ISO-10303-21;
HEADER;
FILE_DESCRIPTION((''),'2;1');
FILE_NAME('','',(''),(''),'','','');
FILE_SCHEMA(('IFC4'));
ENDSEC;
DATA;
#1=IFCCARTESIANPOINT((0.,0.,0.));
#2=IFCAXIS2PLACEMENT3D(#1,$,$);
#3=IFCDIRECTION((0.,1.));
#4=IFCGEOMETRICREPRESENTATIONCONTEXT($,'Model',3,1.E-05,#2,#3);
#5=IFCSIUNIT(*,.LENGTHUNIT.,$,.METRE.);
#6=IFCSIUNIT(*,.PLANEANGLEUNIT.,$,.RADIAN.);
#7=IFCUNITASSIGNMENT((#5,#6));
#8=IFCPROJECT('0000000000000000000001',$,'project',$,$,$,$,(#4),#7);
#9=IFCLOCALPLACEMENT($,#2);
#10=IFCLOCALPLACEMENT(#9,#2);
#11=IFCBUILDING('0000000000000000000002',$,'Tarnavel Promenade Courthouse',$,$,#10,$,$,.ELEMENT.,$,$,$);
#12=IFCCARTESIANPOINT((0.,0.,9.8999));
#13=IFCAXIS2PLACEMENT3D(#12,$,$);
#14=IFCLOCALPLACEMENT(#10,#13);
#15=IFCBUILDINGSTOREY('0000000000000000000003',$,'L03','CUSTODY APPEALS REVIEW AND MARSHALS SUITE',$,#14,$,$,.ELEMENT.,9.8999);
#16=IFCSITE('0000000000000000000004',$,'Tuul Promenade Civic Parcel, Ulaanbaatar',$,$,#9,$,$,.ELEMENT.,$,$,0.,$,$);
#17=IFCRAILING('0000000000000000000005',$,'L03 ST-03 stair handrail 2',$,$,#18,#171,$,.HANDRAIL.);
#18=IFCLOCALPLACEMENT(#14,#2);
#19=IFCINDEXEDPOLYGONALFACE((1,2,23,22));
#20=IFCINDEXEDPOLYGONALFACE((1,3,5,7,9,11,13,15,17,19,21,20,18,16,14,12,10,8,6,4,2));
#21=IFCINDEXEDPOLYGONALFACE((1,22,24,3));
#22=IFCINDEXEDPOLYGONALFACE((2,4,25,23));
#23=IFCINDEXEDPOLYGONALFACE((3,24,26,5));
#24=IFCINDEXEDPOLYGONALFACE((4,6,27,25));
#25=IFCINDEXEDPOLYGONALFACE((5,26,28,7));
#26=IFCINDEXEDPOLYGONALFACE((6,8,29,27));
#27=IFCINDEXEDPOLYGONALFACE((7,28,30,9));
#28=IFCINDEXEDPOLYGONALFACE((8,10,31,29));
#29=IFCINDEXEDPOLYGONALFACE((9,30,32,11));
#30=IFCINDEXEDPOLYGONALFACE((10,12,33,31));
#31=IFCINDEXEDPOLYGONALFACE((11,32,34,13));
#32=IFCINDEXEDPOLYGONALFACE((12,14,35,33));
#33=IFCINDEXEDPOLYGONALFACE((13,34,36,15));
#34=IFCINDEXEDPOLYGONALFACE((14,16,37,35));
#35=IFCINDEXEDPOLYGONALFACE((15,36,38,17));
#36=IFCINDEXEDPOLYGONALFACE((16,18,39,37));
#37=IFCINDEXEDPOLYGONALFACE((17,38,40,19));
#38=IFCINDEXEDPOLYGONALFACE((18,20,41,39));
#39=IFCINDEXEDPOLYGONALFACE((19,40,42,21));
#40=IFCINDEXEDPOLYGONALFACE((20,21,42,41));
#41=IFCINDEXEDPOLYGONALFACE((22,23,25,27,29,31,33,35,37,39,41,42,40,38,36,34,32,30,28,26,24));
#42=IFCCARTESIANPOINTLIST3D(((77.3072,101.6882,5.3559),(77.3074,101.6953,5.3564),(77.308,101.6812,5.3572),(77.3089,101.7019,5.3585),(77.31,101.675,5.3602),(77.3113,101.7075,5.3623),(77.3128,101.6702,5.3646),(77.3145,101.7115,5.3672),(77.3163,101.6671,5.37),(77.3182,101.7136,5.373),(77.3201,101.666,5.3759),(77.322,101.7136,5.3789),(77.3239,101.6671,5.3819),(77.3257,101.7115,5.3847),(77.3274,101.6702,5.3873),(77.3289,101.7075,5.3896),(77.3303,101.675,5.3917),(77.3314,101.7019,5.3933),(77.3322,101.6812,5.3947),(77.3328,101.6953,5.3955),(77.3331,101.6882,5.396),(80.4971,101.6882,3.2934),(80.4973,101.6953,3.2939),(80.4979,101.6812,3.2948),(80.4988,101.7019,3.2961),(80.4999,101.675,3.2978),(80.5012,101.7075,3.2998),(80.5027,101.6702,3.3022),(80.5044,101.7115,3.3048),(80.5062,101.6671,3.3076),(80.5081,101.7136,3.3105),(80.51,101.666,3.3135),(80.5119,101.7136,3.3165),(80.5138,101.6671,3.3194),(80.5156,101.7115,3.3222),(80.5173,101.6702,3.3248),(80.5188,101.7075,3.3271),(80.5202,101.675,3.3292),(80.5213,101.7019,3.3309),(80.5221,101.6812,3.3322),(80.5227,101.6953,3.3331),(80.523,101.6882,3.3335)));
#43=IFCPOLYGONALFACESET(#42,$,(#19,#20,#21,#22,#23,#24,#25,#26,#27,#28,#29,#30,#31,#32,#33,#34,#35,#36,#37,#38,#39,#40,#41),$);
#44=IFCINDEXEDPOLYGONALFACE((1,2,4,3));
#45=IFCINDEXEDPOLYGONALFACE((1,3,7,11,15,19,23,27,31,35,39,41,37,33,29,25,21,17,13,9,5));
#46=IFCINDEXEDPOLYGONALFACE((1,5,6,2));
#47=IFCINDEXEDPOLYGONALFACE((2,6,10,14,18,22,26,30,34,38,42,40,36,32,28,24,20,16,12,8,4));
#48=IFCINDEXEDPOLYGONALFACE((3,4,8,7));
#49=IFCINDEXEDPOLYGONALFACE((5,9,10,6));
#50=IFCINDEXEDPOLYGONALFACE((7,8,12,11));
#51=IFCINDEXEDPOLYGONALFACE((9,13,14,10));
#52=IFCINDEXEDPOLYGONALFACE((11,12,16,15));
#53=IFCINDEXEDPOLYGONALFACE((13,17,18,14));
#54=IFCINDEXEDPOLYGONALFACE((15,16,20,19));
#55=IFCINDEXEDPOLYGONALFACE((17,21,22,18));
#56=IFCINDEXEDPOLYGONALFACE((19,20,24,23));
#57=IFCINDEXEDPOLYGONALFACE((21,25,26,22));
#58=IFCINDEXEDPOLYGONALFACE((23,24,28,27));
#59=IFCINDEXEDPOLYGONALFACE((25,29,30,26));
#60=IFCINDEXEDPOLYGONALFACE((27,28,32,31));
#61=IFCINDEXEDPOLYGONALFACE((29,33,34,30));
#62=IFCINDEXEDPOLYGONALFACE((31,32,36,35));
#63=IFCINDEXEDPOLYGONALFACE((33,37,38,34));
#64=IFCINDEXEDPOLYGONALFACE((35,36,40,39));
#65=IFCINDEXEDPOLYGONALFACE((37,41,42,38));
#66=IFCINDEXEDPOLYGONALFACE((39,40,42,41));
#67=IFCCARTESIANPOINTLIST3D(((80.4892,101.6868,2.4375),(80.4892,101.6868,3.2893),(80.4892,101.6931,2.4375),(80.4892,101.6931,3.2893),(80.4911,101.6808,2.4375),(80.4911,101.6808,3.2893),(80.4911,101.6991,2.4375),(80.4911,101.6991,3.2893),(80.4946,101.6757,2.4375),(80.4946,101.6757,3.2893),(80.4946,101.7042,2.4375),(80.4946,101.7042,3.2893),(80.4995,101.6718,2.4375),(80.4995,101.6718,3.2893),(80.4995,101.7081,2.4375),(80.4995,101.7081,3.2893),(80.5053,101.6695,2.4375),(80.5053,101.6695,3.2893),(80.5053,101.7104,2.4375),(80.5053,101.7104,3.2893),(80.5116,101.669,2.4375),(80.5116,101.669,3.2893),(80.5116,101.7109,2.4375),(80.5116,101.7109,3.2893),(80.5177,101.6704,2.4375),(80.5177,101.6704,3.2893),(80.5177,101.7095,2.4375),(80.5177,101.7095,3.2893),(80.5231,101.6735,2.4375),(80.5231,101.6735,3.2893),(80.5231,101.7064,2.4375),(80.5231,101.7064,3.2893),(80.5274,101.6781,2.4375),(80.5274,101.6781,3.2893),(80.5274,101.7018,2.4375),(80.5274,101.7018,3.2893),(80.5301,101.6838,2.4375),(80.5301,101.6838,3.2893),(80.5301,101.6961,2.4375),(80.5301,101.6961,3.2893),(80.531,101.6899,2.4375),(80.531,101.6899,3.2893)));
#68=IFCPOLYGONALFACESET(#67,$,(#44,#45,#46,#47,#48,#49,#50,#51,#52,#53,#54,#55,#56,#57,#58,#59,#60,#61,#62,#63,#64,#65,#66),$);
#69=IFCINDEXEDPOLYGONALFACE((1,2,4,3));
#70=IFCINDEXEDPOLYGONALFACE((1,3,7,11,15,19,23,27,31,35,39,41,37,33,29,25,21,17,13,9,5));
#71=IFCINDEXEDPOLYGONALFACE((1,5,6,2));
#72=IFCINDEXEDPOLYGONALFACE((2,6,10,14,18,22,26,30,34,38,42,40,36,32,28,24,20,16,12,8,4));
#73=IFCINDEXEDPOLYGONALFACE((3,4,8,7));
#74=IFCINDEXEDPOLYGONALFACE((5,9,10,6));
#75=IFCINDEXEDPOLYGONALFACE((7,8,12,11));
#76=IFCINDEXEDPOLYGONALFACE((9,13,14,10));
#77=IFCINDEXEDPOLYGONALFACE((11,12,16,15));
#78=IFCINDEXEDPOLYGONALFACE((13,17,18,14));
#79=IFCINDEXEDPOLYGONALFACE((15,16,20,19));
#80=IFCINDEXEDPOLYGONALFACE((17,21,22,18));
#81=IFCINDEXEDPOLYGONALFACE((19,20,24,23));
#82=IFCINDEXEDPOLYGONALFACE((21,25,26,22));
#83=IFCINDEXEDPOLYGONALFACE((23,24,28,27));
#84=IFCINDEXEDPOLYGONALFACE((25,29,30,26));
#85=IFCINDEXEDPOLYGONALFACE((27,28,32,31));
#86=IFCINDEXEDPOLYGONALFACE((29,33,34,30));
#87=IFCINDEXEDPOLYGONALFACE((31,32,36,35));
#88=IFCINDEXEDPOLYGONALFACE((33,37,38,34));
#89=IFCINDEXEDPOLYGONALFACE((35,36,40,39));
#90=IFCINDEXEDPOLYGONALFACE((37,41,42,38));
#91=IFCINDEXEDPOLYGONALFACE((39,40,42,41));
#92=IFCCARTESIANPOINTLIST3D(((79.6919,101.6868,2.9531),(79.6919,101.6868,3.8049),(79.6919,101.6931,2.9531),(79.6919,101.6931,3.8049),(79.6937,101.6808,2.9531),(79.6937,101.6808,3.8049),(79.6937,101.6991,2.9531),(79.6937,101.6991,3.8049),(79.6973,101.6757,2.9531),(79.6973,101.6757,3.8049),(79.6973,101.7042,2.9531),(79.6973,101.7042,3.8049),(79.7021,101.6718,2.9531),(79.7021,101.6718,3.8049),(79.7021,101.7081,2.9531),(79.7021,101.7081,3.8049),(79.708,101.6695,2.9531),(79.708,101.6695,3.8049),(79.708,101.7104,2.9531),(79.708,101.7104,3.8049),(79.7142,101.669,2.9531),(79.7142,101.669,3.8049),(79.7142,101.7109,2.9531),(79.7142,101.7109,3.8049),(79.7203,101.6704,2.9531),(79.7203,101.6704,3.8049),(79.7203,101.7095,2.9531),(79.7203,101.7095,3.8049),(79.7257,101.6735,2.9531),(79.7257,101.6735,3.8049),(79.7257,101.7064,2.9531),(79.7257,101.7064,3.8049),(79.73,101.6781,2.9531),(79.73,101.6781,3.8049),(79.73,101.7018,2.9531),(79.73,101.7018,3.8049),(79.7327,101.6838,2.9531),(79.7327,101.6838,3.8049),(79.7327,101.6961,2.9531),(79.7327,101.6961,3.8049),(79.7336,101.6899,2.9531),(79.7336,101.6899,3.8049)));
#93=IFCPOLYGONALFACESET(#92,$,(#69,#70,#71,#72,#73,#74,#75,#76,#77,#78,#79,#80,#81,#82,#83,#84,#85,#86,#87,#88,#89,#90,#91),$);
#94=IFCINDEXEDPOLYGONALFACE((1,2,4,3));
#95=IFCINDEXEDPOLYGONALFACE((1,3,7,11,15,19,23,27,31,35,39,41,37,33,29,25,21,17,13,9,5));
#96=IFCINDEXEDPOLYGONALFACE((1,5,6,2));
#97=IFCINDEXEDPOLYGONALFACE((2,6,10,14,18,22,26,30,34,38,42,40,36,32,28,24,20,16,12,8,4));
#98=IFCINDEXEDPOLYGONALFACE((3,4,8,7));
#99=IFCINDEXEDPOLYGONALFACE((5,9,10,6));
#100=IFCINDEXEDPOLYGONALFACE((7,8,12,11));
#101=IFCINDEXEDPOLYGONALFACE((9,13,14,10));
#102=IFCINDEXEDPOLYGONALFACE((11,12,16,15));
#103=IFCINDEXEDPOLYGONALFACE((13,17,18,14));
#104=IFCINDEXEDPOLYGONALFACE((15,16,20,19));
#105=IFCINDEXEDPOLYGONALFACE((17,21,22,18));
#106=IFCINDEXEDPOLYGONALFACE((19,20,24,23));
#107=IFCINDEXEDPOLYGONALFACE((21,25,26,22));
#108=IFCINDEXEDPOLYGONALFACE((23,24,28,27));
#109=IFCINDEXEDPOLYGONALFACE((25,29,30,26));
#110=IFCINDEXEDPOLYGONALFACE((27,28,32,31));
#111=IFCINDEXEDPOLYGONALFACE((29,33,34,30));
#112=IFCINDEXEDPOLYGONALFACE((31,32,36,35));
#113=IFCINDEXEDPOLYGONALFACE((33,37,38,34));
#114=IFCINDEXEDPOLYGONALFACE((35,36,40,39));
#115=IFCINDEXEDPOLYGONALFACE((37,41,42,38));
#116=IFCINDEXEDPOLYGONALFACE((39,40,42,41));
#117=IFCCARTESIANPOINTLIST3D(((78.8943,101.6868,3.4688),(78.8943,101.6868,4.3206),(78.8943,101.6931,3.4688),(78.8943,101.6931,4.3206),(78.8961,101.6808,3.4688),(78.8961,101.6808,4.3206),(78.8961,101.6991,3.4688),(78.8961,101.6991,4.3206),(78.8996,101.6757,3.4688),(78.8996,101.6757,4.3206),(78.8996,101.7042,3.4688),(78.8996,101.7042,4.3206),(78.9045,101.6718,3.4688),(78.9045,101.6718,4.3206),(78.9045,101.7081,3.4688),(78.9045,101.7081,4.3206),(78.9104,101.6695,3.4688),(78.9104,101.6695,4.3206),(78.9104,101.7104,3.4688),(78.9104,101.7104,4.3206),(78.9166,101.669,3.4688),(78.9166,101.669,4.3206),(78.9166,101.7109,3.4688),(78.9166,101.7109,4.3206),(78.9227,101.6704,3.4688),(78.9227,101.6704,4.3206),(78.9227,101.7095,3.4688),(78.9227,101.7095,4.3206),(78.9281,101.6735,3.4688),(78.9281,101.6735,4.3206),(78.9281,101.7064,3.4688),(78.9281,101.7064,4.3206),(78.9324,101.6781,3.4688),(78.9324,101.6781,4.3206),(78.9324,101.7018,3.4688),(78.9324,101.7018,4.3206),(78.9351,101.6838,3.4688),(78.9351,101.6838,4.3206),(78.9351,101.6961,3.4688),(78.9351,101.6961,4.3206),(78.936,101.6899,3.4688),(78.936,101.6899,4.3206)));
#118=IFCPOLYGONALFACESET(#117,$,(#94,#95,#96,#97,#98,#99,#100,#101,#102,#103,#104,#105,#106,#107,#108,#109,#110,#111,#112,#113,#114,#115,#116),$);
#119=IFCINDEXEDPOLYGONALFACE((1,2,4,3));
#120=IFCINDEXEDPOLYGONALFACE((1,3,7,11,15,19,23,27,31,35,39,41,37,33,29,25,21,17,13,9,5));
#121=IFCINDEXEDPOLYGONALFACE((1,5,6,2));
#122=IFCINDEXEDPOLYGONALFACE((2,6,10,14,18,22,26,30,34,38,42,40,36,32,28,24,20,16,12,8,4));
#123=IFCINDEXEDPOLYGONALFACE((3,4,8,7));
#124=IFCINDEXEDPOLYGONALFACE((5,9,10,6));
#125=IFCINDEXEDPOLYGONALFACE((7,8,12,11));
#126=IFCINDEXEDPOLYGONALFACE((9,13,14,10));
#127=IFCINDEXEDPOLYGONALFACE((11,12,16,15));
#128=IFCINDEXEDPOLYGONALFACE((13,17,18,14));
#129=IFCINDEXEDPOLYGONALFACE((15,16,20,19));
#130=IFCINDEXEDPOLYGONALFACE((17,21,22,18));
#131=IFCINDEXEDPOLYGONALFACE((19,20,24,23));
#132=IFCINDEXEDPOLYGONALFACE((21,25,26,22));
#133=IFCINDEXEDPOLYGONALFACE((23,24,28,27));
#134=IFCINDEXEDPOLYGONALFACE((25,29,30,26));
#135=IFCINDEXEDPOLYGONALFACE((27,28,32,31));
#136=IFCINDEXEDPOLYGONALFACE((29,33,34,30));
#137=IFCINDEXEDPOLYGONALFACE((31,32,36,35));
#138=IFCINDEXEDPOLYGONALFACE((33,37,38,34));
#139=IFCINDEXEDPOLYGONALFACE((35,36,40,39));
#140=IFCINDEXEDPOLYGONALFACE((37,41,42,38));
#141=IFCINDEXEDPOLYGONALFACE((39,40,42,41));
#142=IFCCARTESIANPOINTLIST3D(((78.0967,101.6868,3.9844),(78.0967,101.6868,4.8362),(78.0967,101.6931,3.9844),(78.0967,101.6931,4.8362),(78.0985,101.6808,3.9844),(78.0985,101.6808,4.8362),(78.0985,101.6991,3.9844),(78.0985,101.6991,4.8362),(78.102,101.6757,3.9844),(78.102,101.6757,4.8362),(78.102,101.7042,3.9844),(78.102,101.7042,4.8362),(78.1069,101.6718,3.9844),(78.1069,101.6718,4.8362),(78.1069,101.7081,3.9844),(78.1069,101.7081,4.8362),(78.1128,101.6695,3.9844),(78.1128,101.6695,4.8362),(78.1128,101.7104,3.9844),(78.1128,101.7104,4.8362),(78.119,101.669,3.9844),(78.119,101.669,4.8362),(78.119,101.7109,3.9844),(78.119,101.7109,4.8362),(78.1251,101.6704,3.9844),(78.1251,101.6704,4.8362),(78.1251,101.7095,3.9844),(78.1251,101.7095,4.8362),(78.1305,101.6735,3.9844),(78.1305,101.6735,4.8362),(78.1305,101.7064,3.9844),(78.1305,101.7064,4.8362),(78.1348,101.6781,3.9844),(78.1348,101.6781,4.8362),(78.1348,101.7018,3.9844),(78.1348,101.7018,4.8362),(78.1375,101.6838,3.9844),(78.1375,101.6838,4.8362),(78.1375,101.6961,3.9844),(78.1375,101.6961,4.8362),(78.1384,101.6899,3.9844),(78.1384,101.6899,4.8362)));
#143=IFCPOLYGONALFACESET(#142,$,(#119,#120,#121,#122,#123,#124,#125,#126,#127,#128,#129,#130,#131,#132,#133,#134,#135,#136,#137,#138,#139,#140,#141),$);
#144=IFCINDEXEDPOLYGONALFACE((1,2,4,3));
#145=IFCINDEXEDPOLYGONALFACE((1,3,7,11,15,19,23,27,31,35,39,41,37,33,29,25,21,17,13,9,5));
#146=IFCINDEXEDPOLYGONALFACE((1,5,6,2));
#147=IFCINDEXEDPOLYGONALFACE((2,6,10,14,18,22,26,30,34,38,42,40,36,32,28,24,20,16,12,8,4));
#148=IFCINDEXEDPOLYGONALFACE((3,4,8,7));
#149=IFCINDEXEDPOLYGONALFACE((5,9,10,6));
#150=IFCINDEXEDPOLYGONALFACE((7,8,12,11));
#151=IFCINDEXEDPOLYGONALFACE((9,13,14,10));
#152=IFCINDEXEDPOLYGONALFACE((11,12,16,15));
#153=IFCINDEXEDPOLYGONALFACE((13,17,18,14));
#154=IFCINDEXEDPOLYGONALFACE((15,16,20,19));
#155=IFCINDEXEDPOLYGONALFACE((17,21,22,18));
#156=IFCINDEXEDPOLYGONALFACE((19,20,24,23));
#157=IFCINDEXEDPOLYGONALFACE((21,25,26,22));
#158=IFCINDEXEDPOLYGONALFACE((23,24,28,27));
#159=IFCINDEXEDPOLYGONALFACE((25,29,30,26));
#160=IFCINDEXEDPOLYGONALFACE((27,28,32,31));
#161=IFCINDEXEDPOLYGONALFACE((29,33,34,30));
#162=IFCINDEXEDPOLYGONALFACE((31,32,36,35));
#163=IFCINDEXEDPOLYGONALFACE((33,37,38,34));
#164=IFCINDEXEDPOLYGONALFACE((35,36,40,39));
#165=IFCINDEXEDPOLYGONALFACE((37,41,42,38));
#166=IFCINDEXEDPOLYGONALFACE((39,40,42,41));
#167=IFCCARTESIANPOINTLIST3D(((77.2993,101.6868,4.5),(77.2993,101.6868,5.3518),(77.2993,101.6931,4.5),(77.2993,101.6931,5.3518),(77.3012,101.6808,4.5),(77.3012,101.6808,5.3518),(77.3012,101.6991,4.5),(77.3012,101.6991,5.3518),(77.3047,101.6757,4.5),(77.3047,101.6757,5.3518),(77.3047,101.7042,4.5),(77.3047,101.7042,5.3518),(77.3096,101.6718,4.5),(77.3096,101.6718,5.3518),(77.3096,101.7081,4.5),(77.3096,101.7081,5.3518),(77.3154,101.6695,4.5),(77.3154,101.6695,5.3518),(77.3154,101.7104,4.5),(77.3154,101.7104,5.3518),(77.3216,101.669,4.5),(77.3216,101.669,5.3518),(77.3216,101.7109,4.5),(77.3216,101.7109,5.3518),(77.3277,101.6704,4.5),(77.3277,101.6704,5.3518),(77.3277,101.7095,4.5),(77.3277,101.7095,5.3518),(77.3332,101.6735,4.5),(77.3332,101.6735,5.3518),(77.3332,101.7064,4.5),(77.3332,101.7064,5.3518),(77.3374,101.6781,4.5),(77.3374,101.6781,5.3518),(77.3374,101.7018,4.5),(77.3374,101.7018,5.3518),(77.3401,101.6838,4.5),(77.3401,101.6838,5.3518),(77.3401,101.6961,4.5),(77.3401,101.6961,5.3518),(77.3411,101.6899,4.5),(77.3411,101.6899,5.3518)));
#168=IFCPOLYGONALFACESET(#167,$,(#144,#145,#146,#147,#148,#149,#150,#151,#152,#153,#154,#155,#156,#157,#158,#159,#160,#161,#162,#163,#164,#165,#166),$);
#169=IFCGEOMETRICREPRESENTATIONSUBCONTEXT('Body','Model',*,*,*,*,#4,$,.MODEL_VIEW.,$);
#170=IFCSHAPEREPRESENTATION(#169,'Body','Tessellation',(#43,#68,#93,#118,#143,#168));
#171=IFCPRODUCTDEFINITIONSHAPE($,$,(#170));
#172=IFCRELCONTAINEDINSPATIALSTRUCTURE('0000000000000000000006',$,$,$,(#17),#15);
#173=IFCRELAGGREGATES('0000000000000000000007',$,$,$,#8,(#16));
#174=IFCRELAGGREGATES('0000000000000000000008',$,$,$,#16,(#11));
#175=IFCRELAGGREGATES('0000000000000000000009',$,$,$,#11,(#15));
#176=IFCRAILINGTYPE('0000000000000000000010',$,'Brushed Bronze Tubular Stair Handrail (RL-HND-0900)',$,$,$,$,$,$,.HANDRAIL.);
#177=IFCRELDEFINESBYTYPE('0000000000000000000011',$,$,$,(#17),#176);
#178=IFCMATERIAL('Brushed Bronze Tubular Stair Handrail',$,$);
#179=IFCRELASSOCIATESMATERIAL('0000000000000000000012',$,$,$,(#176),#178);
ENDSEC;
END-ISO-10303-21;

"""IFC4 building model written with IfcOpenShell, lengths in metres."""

from ifc_helpers import new_model, si_unit, direction, frame, origin, origin_2d, place, context, subcontext, project, spatial, circle, extrude, material, type_object, element, save


model = new_model("IFC4")

# Units and contexts
model_context = context("Model", 3, precision=1e-05, world=origin(), true_north=direction((0.0, 1.0)))
body_context = subcontext(model_context, "Body", "Model", "MODEL_VIEW")
ifc_project = project(units=[si_unit("LENGTHUNIT", "METRE"), si_unit("PLANEANGLEUNIT", "RADIAN")], contexts=[model_context])

# Site, building, storey
site_placement = place(None, origin())
site = spatial("IfcSite", under=ifc_project, at=site_placement, Name="Tuul Promenade Civic Parcel, Ulaanbaatar", CompositionType="ELEMENT", RefElevation=0.0)
building_placement = place(site_placement, origin())
building = spatial("IfcBuilding", under=site, at=building_placement, Name="Tarnavel Promenade Courthouse", CompositionType="ELEMENT")
storey_placement = place(building_placement, frame((0.0, 0.0, 9.8999)))
storey = spatial("IfcBuildingStorey", under=building, at=storey_placement, Name="L03", Description="CUSTODY APPEALS REVIEW AND MARSHALS SUITE", CompositionType="ELEMENT", Elevation=9.8999)

# Railing
ifc_material_1 = material(Name="Brushed Bronze Tubular Stair Handrail")
railing_type_1 = type_object("IfcRailingType", Name="Brushed Bronze Tubular Stair Handrail (RL-HND-0900)", PredefinedType="HANDRAIL", material=ifc_material_1)
railing_1_placement = place(storey_placement, frame((80.51, 101.6899, 2.4375)))
element("IfcRailing", 1, at=railing_1_placement, inside=storey, type_object=railing_type_1, Name="L03 ST-03 stair handrail 2", PredefinedType="HANDRAIL", context=body_context, shape_type="SweptSolid", body=[
    extrude(circle(Radius=0.0239, at=origin_2d()), frame((0.0, 0.0, 0.876), z_axis=(-0.83976, 0.0, 0.542958), x_axis=(0.0, -1.0, 0.0)), (0.0, 0.0, 1.0), 3.7986),
    extrude(circle(Radius=0.021, at=origin_2d()), origin(), (0.0, 0.0, 1.0), 0.8518),
    extrude(circle(Radius=0.021, at=origin_2d()), frame((-0.7974, 0.0, 0.5156)), (0.0, 0.0, 1.0), 0.8518),
    extrude(circle(Radius=0.021, at=origin_2d()), frame((-1.595, 0.0, 1.0312)), (0.0, 0.0, 1.0), 0.8518),
    extrude(circle(Radius=0.021, at=origin_2d()), frame((-2.3926, 0.0, 1.5469)), (0.0, 0.0, 1.0), 0.8518),
    extrude(circle(Radius=0.021, at=origin_2d()), frame((-3.1899, 0.0, 2.0625)), (0.0, 0.0, 1.0), 0.8518),
])

save(model, "model.ifc")
